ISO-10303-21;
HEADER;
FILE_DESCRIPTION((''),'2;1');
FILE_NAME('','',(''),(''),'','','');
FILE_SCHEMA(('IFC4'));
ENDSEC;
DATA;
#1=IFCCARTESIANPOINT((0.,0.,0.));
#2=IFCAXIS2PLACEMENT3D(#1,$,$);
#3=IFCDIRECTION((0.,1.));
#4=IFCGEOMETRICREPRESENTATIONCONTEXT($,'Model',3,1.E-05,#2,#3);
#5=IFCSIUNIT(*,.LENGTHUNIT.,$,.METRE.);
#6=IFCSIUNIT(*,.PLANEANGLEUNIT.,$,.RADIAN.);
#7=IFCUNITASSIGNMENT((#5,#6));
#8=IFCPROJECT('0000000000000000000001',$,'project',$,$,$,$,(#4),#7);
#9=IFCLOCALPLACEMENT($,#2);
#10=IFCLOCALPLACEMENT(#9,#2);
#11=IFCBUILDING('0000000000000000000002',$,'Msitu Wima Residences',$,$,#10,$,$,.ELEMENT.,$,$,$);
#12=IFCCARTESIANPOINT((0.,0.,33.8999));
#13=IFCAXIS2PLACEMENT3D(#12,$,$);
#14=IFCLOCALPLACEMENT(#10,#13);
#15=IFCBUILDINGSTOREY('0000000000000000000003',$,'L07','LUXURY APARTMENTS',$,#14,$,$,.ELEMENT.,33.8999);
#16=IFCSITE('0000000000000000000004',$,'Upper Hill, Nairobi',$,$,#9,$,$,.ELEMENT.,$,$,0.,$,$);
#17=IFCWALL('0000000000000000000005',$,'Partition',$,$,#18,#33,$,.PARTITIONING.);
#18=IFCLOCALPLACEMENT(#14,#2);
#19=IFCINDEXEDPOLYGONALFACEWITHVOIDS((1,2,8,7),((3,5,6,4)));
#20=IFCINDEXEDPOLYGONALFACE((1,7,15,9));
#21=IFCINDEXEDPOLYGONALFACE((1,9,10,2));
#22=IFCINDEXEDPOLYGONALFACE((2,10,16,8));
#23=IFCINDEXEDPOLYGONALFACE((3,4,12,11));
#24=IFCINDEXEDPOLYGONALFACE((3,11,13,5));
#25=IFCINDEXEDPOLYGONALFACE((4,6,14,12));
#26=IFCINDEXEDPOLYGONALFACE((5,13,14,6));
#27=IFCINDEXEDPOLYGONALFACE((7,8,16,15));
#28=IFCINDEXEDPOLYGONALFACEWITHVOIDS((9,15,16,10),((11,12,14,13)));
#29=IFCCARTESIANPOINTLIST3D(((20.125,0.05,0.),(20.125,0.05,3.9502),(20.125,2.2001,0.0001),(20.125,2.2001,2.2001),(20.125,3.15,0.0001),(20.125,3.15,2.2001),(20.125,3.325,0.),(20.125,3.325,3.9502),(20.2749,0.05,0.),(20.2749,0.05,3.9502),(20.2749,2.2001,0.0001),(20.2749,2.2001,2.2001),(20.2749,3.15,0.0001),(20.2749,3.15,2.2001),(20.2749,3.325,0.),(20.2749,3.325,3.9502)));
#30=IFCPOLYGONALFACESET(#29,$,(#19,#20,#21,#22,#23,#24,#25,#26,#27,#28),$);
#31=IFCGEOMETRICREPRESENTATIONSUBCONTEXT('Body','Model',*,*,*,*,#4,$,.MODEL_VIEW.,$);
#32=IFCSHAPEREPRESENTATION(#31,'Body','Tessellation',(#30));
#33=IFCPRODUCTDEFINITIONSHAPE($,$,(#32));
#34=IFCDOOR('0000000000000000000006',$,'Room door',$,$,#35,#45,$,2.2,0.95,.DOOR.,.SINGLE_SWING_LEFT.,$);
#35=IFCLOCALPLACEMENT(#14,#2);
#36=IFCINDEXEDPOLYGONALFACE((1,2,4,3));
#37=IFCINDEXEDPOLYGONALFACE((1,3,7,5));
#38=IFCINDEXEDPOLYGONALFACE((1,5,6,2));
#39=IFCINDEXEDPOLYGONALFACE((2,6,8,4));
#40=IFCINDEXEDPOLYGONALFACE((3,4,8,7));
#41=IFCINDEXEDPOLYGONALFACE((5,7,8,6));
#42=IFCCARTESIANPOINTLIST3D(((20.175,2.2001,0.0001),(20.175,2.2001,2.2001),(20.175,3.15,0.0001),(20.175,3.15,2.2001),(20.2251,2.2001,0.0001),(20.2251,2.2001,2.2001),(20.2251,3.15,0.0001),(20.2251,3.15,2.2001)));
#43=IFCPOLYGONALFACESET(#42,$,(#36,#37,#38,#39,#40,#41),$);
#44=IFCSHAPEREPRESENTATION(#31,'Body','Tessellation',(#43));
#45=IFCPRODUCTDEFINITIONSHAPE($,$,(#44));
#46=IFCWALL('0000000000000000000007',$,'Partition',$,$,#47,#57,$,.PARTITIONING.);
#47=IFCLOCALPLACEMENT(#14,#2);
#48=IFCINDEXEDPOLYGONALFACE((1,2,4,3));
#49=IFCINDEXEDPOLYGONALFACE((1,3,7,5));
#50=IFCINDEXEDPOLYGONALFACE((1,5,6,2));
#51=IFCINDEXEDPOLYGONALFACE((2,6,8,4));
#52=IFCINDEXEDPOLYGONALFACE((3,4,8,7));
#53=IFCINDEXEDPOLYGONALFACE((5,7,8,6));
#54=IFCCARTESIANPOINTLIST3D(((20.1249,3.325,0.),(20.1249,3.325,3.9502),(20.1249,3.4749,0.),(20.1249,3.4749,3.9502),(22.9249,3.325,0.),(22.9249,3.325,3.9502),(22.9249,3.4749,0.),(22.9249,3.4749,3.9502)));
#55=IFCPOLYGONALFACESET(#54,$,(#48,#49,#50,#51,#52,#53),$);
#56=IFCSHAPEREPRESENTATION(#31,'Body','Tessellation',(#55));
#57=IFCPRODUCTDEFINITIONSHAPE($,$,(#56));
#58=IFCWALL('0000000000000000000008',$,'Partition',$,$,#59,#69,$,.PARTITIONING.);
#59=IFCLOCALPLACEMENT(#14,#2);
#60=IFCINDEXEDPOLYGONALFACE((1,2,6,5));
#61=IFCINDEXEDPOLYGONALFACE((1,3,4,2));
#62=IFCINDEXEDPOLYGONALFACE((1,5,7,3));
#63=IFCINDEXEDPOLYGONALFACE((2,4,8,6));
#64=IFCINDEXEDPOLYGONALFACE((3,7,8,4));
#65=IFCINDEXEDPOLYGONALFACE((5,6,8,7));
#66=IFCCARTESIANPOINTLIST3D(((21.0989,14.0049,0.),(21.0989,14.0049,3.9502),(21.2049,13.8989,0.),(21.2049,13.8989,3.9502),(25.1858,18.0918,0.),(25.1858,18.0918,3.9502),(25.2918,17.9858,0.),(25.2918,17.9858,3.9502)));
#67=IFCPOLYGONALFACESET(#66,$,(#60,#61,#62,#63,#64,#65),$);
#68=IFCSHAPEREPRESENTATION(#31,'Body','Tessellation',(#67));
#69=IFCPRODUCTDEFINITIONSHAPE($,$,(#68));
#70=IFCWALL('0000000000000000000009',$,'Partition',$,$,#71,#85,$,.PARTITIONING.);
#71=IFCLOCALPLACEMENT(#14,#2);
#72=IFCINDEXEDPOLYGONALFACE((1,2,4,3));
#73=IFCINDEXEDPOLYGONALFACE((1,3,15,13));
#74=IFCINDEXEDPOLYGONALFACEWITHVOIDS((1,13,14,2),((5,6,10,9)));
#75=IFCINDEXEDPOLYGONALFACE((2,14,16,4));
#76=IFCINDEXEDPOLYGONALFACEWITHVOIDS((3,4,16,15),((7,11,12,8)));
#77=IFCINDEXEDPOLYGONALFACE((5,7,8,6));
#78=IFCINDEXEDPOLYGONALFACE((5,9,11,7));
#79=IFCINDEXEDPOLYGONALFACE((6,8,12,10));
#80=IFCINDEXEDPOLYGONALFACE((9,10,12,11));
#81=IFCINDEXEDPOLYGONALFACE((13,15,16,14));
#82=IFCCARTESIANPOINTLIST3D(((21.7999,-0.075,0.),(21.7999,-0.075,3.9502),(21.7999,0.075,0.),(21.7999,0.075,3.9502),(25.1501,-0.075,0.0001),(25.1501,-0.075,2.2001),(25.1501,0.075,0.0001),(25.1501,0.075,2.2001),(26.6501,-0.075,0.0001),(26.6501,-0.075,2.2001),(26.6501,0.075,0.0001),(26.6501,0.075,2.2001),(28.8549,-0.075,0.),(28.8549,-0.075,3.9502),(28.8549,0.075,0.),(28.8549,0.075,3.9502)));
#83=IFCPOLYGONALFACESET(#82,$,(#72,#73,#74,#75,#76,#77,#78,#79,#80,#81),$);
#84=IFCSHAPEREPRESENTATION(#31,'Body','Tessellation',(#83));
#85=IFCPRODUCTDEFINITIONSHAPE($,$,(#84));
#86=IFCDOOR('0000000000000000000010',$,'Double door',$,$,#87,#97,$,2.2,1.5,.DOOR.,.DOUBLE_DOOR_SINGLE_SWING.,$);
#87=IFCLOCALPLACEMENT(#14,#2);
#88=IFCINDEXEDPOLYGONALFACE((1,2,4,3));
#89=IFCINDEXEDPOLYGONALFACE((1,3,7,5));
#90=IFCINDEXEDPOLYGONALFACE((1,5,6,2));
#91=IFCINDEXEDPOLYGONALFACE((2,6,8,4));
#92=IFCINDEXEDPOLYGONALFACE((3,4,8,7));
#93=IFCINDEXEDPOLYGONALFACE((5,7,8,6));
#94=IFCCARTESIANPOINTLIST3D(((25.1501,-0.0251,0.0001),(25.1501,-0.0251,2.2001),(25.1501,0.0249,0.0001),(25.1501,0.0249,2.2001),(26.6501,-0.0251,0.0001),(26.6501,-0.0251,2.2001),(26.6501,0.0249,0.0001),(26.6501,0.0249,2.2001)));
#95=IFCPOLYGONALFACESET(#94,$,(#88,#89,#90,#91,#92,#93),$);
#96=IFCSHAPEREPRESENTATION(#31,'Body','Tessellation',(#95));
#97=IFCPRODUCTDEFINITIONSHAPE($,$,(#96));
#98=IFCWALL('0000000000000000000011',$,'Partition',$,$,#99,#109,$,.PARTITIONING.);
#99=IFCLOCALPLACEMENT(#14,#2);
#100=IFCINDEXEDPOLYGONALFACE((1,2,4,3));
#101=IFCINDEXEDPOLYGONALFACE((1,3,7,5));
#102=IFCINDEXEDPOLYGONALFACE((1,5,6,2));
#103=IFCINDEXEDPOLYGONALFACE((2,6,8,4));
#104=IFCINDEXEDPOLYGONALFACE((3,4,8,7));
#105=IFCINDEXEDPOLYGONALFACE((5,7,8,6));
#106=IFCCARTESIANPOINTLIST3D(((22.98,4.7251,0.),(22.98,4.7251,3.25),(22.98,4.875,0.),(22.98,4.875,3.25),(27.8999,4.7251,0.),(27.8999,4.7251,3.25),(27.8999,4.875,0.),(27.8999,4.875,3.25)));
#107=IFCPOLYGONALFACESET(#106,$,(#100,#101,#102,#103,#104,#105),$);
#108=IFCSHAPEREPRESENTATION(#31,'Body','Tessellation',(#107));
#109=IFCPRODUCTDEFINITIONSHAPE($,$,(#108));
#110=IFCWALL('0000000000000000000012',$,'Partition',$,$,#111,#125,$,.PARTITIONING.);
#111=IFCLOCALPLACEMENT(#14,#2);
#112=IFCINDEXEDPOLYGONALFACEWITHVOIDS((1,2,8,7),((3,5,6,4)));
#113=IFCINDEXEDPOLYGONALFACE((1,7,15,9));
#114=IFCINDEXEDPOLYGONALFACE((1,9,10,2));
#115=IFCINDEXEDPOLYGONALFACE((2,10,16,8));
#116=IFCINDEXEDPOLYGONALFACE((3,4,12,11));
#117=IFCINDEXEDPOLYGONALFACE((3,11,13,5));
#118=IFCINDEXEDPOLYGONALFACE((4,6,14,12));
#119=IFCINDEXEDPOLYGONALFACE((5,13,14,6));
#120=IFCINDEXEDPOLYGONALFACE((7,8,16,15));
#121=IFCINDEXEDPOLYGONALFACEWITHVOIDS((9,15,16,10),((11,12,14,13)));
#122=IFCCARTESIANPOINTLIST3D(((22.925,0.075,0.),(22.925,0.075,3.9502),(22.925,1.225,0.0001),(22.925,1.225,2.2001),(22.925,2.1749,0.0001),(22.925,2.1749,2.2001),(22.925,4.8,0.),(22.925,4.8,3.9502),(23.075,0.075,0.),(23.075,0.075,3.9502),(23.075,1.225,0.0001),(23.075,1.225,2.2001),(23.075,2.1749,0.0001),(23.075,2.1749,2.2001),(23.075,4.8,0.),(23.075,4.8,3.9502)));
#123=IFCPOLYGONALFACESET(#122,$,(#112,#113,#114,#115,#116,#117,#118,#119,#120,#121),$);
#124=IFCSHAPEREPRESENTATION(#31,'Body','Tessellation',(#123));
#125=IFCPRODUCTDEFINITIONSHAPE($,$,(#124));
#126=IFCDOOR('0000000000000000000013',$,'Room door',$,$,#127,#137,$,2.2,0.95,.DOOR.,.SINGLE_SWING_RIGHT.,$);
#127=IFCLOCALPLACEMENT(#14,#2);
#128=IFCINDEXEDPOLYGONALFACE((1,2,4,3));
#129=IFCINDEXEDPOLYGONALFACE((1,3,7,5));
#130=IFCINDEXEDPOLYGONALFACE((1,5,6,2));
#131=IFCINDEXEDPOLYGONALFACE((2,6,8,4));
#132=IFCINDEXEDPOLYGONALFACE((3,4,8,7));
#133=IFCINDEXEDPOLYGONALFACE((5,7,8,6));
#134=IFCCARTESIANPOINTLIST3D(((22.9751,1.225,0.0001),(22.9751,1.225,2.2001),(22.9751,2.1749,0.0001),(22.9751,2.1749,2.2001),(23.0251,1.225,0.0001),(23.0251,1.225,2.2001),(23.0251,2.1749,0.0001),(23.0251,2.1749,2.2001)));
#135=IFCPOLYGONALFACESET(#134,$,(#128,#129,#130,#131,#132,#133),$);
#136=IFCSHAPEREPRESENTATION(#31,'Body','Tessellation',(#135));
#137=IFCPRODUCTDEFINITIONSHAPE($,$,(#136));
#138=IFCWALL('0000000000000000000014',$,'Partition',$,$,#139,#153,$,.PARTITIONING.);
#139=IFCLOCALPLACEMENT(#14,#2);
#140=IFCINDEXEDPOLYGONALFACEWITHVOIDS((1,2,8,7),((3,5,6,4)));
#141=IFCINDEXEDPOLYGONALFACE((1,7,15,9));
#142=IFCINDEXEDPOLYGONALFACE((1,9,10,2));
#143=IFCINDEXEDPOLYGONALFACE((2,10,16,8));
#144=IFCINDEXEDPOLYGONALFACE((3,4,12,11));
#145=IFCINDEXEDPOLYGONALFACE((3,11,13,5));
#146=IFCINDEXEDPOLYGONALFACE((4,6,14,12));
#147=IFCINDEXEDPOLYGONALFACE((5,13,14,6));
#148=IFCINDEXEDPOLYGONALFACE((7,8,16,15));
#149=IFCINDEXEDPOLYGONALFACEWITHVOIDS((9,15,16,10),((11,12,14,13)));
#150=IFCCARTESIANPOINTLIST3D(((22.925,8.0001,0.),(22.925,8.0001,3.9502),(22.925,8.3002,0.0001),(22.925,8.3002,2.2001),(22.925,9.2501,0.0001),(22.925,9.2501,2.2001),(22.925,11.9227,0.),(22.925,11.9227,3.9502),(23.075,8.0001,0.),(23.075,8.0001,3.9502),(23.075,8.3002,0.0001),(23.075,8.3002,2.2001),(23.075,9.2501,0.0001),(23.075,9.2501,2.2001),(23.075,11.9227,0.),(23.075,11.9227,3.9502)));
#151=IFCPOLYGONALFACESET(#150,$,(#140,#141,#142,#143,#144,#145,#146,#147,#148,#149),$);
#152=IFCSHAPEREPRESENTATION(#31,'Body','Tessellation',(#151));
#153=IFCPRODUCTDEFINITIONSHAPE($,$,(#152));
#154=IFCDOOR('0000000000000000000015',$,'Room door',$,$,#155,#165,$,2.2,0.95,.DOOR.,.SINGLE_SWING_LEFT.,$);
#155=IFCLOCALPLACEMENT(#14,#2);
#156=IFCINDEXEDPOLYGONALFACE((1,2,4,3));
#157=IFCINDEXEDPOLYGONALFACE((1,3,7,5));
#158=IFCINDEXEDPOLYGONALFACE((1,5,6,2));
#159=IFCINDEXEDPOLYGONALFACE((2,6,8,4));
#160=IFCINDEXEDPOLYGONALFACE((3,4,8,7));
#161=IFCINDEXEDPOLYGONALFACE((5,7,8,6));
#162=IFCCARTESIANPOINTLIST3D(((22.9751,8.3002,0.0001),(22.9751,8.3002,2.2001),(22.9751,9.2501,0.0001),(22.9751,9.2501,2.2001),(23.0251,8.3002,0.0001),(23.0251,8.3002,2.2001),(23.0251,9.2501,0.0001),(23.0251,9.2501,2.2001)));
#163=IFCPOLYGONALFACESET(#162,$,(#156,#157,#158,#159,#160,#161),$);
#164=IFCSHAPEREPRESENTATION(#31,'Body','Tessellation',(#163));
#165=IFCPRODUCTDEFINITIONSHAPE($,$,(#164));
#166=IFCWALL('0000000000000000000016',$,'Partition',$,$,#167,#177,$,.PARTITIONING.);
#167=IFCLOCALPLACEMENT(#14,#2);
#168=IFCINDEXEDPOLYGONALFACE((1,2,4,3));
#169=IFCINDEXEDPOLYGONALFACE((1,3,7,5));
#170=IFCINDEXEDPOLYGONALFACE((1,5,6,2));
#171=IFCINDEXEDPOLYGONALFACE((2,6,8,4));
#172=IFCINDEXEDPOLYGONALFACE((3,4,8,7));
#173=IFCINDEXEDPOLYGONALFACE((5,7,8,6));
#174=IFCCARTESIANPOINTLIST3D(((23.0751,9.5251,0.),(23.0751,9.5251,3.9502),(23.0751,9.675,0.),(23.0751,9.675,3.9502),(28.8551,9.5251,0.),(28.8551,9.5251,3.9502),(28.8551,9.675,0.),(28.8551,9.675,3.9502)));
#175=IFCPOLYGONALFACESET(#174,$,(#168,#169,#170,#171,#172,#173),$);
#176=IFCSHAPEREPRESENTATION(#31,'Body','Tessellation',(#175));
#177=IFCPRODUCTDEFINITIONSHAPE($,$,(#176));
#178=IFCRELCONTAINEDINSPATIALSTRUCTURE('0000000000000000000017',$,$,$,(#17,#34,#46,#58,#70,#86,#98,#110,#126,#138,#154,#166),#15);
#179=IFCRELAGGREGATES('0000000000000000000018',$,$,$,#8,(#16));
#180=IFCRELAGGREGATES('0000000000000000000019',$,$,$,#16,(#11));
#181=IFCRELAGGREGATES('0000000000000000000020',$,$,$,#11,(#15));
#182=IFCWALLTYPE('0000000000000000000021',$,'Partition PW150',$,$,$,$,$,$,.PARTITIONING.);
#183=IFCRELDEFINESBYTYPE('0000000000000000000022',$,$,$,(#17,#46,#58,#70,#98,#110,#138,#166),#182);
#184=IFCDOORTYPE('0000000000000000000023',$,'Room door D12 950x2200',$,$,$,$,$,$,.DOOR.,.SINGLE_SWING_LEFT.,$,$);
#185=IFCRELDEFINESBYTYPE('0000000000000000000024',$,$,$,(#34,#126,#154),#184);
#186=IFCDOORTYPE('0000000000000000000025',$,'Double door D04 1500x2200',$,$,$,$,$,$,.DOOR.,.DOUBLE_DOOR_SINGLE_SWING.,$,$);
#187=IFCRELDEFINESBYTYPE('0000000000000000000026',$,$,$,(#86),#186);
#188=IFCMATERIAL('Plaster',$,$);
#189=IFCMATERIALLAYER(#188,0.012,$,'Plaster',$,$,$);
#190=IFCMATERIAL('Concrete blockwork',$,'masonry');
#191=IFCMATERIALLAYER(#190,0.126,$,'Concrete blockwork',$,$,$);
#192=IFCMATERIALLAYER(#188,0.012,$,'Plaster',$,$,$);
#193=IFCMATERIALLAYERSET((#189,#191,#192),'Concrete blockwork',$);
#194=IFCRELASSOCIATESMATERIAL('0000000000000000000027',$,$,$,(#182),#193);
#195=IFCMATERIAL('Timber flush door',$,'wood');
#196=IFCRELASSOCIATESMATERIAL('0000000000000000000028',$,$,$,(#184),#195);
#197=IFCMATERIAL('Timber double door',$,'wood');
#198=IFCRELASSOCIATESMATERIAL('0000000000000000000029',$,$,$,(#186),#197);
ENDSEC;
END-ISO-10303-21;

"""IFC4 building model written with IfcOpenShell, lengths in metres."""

from ifc_helpers import new_model, si_unit, direction, frame, frame_2d, origin, place, context, subcontext, project, spatial, rectangle, extrude, material, layer, layer_set, type_object, element, fill, save


model = new_model("IFC4")

# Units and contexts
model_context = context("Model", 3, precision=1e-05, world=origin(), true_north=direction((0.0, 1.0)))
body_context = subcontext(model_context, "Body", "Model", "MODEL_VIEW")
ifc_project = project(units=[si_unit("LENGTHUNIT", "METRE"), si_unit("PLANEANGLEUNIT", "RADIAN")], contexts=[model_context])

# Site, building, storey
site_placement = place(None, origin())
site = spatial("IfcSite", under=ifc_project, at=site_placement, Name="Upper Hill, Nairobi", CompositionType="ELEMENT", RefElevation=0.0)
building_placement = place(site_placement, origin())
building = spatial("IfcBuilding", under=site, at=building_placement, Name="Msitu Wima Residences", CompositionType="ELEMENT")
storey_placement = place(building_placement, frame((0.0, 0.0, 33.8999)))
storey = spatial("IfcBuildingStorey", under=building, at=storey_placement, Name="L07", Description="LUXURY APARTMENTS", CompositionType="ELEMENT", Elevation=33.8999)

# Wall, opening, door
ifc_material_1 = material(Name="Plaster")
ifc_layer_1 = layer(ifc_material_1, 0.012, Name="Plaster")
ifc_material_2 = material(Name="Concrete blockwork", Category="masonry")
ifc_layer_2 = layer(ifc_material_2, 0.126, Name="Concrete blockwork")
ifc_layer_3 = layer(ifc_material_1, 0.012, Name="Plaster")
ifc_layer_set_1 = layer_set([ifc_layer_1, ifc_layer_2, ifc_layer_3], Name="Concrete blockwork")
wall_type_1 = type_object("IfcWallType", Name="Partition PW150", PredefinedType="PARTITIONING", material=ifc_layer_set_1)
wall_1_placement = place(storey_placement, frame((20.2, 0.05, 0.0), z_axis=(0.0, 0.0, 1.0), x_axis=(0.0, 1.0, 0.0)))
wall_1 = element("IfcWall", 1, at=wall_1_placement, inside=storey, type_object=wall_type_1, Name="Partition", PredefinedType="PARTITIONING", context=body_context, shape_type="SweptSolid", body=[
    extrude(rectangle(XDim=3.2749, YDim=0.1499, at=frame_2d((1.6375, 0.0))), origin(), (0.0, 0.0, 1.0), 3.9502),
])
opening_1_placement = place(wall_1_placement, frame((2.1499, 0.0, 0.0)))
opening_1 = element("IfcOpeningElement", 2, at=opening_1_placement, cuts=wall_1, PredefinedType="OPENING", context=body_context, shape_type="SweptSolid", body=[
    extrude(rectangle(XDim=0.95, YDim=2.2, at=frame_2d((0.4751, 1.1001))), frame((0.0, 0.085, 0.0), z_axis=(0.0, -1.0, 0.0), x_axis=(1.0, 0.0, 0.0)), (0.0, 0.0, 1.0), 0.1699),
])
ifc_material_3 = material(Name="Timber flush door", Category="wood")
door_type_1 = type_object("IfcDoorType", Name="Room door D12 950x2200", OperationType="SINGLE_SWING_LEFT", PredefinedType="DOOR", material=ifc_material_3)
door_1_placement = place(opening_1_placement, origin())
door_1 = element("IfcDoor", 3, at=door_1_placement, inside=storey, type_object=door_type_1, Name="Room door", OperationType="SINGLE_SWING_LEFT", OverallHeight=2.2, OverallWidth=0.95, PredefinedType="DOOR", context=body_context, shape_type="SweptSolid", body=[
    extrude(rectangle(XDim=0.95, YDim=2.2, at=frame_2d((0.4751, 1.1001))), frame((0.0, 0.0249, 0.0), z_axis=(0.0, -1.0, 0.0), x_axis=(1.0, 0.0, 0.0)), (0.0, 0.0, 1.0), 0.05),
])
fill(opening_1, door_1)

# Walls
wall_2_placement = place(storey_placement, frame((20.125, 3.3999, 0.0), z_axis=(0.0, 0.0, 1.0), x_axis=(1.0, 0.0, 0.0)))
element("IfcWall", 4, at=wall_2_placement, inside=storey, type_object=wall_type_1, Name="Partition", PredefinedType="PARTITIONING", context=body_context, shape_type="SweptSolid", body=[
    extrude(rectangle(XDim=2.8, YDim=0.1499, at=frame_2d((1.3999, 0.0))), origin(), (0.0, 0.0, 1.0), 3.9502),
])
wall_3_placement = place(storey_placement, frame((21.1519, 13.9519, 0.0), z_axis=(0.0, 0.0, 1.0), x_axis=(0.707107, 0.707107, 0.0)))
element("IfcWall", 5, at=wall_3_placement, inside=storey, type_object=wall_type_1, Name="Partition", PredefinedType="PARTITIONING", context=body_context, shape_type="SweptSolid", body=[
    extrude(rectangle(XDim=5.7798, YDim=0.1499, at=frame_2d((2.8899, 0.0))), origin(), (0.0, 0.0, 1.0), 3.9502),
])

# Wall, opening, door
wall_4_placement = place(storey_placement, frame((21.8, 0.0, 0.0), z_axis=(0.0, 0.0, 1.0), x_axis=(1.0, 0.0, 0.0)))
wall_4 = element("IfcWall", 6, at=wall_4_placement, inside=storey, type_object=wall_type_1, Name="Partition", PredefinedType="PARTITIONING", context=body_context, shape_type="SweptSolid", body=[
    extrude(rectangle(XDim=7.0549, YDim=0.1499, at=frame_2d((3.5273, 0.0))), origin(), (0.0, 0.0, 1.0), 3.9502),
])
opening_2_placement = place(wall_4_placement, frame((3.3501, 0.0, 0.0)))
opening_2 = element("IfcOpeningElement", 7, at=opening_2_placement, cuts=wall_4, PredefinedType="OPENING", context=body_context, shape_type="SweptSolid", body=[
    extrude(rectangle(XDim=1.5, YDim=2.2, at=frame_2d((0.75, 1.1001))), frame((0.0, 0.085, 0.0), z_axis=(0.0, -1.0, 0.0), x_axis=(1.0, 0.0, 0.0)), (0.0, 0.0, 1.0), 0.1699),
])
ifc_material_4 = material(Name="Timber double door", Category="wood")
door_type_2 = type_object("IfcDoorType", Name="Double door D04 1500x2200", OperationType="DOUBLE_DOOR_SINGLE_SWING", PredefinedType="DOOR", material=ifc_material_4)
door_2_placement = place(opening_2_placement, origin())
door_2 = element("IfcDoor", 8, at=door_2_placement, inside=storey, type_object=door_type_2, Name="Double door", OperationType="DOUBLE_DOOR_SINGLE_SWING", OverallHeight=2.2, OverallWidth=1.5, PredefinedType="DOOR", context=body_context, shape_type="SweptSolid", body=[
    extrude(rectangle(XDim=1.5, YDim=2.2, at=frame_2d((0.75, 1.1001))), frame((0.0, 0.0249, 0.0), z_axis=(0.0, -1.0, 0.0), x_axis=(1.0, 0.0, 0.0)), (0.0, 0.0, 1.0), 0.05),
])
fill(opening_2, door_2)

# Wall
wall_5_placement = place(storey_placement, frame((22.98, 4.8, 0.0), z_axis=(0.0, 0.0, 1.0), x_axis=(1.0, 0.0, 0.0)))
element("IfcWall", 9, at=wall_5_placement, inside=storey, type_object=wall_type_1, Name="Partition", PredefinedType="PARTITIONING", context=body_context, shape_type="SweptSolid", body=[
    extrude(rectangle(XDim=4.9199, YDim=0.1499, at=frame_2d((2.46, 0.0))), origin(), (0.0, 0.0, 1.0), 3.25),
])

# Walls, openings, doors
wall_6_placement = place(storey_placement, frame((23.0, 0.075, 0.0), z_axis=(0.0, 0.0, 1.0), x_axis=(0.0, 1.0, 0.0)))
wall_6 = element("IfcWall", 10, at=wall_6_placement, inside=storey, type_object=wall_type_1, Name="Partition", PredefinedType="PARTITIONING", context=body_context, shape_type="SweptSolid", body=[
    extrude(rectangle(XDim=4.7251, YDim=0.1499, at=frame_2d((2.3625, 0.0))), origin(), (0.0, 0.0, 1.0), 3.9502),
])
opening_3_placement = place(wall_6_placement, frame((1.1499, 0.0, 0.0)))
opening_3 = element("IfcOpeningElement", 11, at=opening_3_placement, cuts=wall_6, PredefinedType="OPENING", context=body_context, shape_type="SweptSolid", body=[
    extrude(rectangle(XDim=0.95, YDim=2.2, at=frame_2d((0.4751, 1.1001))), frame((0.0, 0.085, 0.0), z_axis=(0.0, -1.0, 0.0), x_axis=(1.0, 0.0, 0.0)), (0.0, 0.0, 1.0), 0.1699),
])
door_3_placement = place(opening_3_placement, origin())
door_3 = element("IfcDoor", 12, at=door_3_placement, inside=storey, type_object=door_type_1, Name="Room door", OperationType="SINGLE_SWING_RIGHT", OverallHeight=2.2, OverallWidth=0.95, PredefinedType="DOOR", context=body_context, shape_type="SweptSolid", body=[
    extrude(rectangle(XDim=0.95, YDim=2.2, at=frame_2d((0.4751, 1.1001))), frame((0.0, 0.0249, 0.0), z_axis=(0.0, -1.0, 0.0), x_axis=(1.0, 0.0, 0.0)), (0.0, 0.0, 1.0), 0.05),
])
fill(opening_3, door_3)
wall_7_placement = place(storey_placement, frame((23.0, 8.0, 0.0), z_axis=(0.0, 0.0, 1.0), x_axis=(0.0, 1.0, 0.0)))
wall_7 = element("IfcWall", 13, at=wall_7_placement, inside=storey, type_object=wall_type_1, Name="Partition", PredefinedType="PARTITIONING", context=body_context, shape_type="SweptSolid", body=[
    extrude(rectangle(XDim=3.9226, YDim=0.1499, at=frame_2d((1.9614, 0.0))), origin(), (0.0, 0.0, 1.0), 3.9502),
])
opening_4_placement = place(wall_7_placement, frame((0.3, 0.0, 0.0)))
opening_4 = element("IfcOpeningElement", 14, at=opening_4_placement, cuts=wall_7, PredefinedType="OPENING", context=body_context, shape_type="SweptSolid", body=[
    extrude(rectangle(XDim=0.95, YDim=2.2, at=frame_2d((0.4751, 1.1001))), frame((0.0, 0.085, 0.0), z_axis=(0.0, -1.0, 0.0), x_axis=(1.0, 0.0, 0.0)), (0.0, 0.0, 1.0), 0.1699),
])
door_4_placement = place(opening_4_placement, origin())
door_4 = element("IfcDoor", 15, at=door_4_placement, inside=storey, type_object=door_type_1, Name="Room door", OperationType="SINGLE_SWING_LEFT", OverallHeight=2.2, OverallWidth=0.95, PredefinedType="DOOR", context=body_context, shape_type="SweptSolid", body=[
    extrude(rectangle(XDim=0.95, YDim=2.2, at=frame_2d((0.4751, 1.1001))), frame((0.0, 0.0249, 0.0), z_axis=(0.0, -1.0, 0.0), x_axis=(1.0, 0.0, 0.0)), (0.0, 0.0, 1.0), 0.05),
])
fill(opening_4, door_4)

# Wall
wall_8_placement = place(storey_placement, frame((23.075, 9.6001, 0.0), z_axis=(0.0, 0.0, 1.0), x_axis=(1.0, 0.0, 0.0)))
element("IfcWall", 16, at=wall_8_placement, inside=storey, type_object=wall_type_1, Name="Partition", PredefinedType="PARTITIONING", context=body_context, shape_type="SweptSolid", body=[
    extrude(rectangle(XDim=5.78, YDim=0.1499, at=frame_2d((2.8901, 0.0))), origin(), (0.0, 0.0, 1.0), 3.9502),
])

save(model, "model.ifc")
